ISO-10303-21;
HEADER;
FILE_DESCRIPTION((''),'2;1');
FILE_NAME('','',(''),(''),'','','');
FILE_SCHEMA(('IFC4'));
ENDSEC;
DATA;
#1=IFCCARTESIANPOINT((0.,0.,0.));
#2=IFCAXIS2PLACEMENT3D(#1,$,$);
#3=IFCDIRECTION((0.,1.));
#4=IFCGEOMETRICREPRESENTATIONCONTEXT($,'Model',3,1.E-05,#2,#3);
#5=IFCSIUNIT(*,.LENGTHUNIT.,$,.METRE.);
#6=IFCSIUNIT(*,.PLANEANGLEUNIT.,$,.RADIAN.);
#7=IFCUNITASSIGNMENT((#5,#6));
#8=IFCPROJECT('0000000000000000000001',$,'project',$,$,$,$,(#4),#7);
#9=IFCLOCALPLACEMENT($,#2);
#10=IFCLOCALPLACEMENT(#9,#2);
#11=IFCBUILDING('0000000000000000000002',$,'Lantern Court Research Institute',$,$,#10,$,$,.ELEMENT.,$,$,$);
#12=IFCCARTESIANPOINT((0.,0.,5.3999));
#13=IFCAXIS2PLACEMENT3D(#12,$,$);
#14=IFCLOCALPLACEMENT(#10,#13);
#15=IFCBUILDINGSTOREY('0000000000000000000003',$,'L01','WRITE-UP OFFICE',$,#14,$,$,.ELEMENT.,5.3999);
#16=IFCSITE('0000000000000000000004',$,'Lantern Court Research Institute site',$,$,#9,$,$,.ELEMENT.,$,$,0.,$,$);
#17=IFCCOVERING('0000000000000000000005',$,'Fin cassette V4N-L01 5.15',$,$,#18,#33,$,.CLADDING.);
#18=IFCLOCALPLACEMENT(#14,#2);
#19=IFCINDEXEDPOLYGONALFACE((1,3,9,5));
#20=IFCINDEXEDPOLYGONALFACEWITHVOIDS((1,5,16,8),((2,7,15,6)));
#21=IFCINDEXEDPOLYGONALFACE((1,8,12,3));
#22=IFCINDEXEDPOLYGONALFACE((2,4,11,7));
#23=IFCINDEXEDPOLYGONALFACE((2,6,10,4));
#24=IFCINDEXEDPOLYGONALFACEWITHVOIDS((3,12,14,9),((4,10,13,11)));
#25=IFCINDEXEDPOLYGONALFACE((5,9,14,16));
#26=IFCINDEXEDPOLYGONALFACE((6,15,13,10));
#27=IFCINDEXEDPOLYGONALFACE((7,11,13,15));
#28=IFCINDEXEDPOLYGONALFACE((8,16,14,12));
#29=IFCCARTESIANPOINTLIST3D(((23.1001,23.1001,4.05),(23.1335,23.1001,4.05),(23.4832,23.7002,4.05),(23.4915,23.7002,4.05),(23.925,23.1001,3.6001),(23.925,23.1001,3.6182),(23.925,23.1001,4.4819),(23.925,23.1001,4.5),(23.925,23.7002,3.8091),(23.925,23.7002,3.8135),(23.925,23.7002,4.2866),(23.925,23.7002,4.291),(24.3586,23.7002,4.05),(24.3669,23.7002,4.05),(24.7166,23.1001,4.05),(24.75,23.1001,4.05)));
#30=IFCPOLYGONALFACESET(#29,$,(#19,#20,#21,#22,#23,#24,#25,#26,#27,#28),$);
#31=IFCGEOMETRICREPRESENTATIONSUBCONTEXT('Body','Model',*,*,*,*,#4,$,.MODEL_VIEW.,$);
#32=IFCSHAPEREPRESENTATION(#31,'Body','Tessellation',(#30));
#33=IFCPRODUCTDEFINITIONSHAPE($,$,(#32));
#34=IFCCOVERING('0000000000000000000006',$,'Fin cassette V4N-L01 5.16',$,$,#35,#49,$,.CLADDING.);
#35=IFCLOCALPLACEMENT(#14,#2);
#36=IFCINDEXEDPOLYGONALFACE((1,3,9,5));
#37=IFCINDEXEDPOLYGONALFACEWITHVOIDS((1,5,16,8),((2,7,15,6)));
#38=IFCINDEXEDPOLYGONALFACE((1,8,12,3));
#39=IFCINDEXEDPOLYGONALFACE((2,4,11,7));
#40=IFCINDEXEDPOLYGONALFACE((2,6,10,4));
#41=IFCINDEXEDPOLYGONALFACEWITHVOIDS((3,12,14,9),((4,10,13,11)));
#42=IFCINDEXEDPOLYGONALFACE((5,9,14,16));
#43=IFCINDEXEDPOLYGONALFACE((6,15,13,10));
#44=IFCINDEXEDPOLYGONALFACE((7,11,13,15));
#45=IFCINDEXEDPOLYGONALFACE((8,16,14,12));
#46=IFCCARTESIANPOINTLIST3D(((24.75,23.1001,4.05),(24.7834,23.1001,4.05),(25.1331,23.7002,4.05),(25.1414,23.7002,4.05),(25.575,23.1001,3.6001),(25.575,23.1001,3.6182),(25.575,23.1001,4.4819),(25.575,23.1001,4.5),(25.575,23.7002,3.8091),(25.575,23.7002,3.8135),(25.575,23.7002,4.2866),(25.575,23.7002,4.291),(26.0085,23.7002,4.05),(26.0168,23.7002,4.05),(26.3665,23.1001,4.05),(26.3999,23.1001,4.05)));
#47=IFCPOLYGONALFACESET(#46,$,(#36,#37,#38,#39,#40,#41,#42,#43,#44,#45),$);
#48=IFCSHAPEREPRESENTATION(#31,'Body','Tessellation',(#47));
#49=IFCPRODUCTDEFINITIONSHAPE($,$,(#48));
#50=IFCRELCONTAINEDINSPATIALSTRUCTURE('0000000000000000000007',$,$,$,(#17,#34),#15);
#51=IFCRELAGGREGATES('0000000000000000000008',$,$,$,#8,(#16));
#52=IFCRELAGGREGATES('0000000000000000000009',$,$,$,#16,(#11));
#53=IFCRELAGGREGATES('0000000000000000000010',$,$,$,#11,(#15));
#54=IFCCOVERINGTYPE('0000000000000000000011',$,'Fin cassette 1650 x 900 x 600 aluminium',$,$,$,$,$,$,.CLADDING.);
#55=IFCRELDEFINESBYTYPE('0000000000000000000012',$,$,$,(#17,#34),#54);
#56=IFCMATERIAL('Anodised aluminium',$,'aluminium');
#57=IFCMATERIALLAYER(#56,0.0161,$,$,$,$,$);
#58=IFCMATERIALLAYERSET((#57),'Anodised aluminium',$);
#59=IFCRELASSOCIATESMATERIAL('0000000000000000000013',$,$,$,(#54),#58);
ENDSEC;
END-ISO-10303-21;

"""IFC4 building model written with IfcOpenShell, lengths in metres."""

from ifc_helpers import new_model, entity, si_unit, direction, frame, origin, place, context, subcontext, project, spatial, material, layer, layer_set, type_object, element, save


model = new_model("IFC4")

# Units and contexts
model_context = context("Model", 3, precision=1e-05, world=origin(), true_north=direction((0.0, 1.0)))
body_context = subcontext(model_context, "Body", "Model", "MODEL_VIEW")
ifc_project = project(units=[si_unit("LENGTHUNIT", "METRE"), si_unit("PLANEANGLEUNIT", "RADIAN")], contexts=[model_context])

# Site, building, storey
site_placement = place(None, origin())
site = spatial("IfcSite", under=ifc_project, at=site_placement, Name="Lantern Court Research Institute site", CompositionType="ELEMENT", RefElevation=0.0)
building_placement = place(site_placement, origin())
building = spatial("IfcBuilding", under=site, at=building_placement, Name="Lantern Court Research Institute", CompositionType="ELEMENT")
storey_placement = place(building_placement, frame((0.0, 0.0, 5.3999)))
storey = spatial("IfcBuildingStorey", under=building, at=storey_placement, Name="L01", Description="WRITE-UP OFFICE", CompositionType="ELEMENT", Elevation=5.3999)

# Coverings
ifc_material_1 = material(Name="Anodised aluminium", Category="aluminium")
ifc_layer_1 = layer(ifc_material_1, 0.0161)
ifc_layer_set_1 = layer_set([ifc_layer_1], Name="Anodised aluminium")
covering_type = type_object("IfcCoveringType", Name="Fin cassette 1650 x 900 x 600 aluminium", PredefinedType="CLADDING", material=ifc_layer_set_1)
covering_1_placement = place(storey_placement, frame((23.925, 23.1001, 4.05), z_axis=(0.0, 1.0, 0.0), x_axis=(-1.0, 0.0, 0.0)))
cartesian_point_1 = entity("IfcCartesianPoint", [0.825, 0.0])
cartesian_point_2 = entity("IfcCartesianPoint", [0.7915, 0.0])
cartesian_point_3 = entity("IfcCartesianPoint", [0.4419, 0.0])
cartesian_point_4 = entity("IfcCartesianPoint", [0.4336, 0.0])
element("IfcCovering", 1, at=covering_1_placement, inside=storey, type_object=covering_type, Name="Fin cassette V4N-L01 5.15", PredefinedType="CLADDING", context=body_context, shape_type="SweptSolid", body=[
    entity("IfcExtrudedAreaSolidTapered", entity("IfcArbitraryProfileDefWithVoids", "AREA", None, entity("IfcPolyline", [cartesian_point_1, entity("IfcCartesianPoint", [0.0, 0.45]), entity("IfcCartesianPoint", [-0.825, 0.0]), entity("IfcCartesianPoint", [0.0, -0.45]), cartesian_point_1]), [entity("IfcPolyline", [cartesian_point_2, entity("IfcCartesianPoint", [0.0, 0.4319]), entity("IfcCartesianPoint", [-0.7915, 0.0]), entity("IfcCartesianPoint", [0.0, -0.4319]), cartesian_point_2])]), entity("IfcAxis2Placement3D", entity("IfcCartesianPoint", [0.0, 0.0, 0.0])), entity("IfcDirection", [0.0, 0.0, 1.0]), 0.6001, entity("IfcArbitraryProfileDefWithVoids", "AREA", None, entity("IfcPolyline", [cartesian_point_3, entity("IfcCartesianPoint", [0.0, 0.241]), entity("IfcCartesianPoint", [-0.4419, 0.0]), entity("IfcCartesianPoint", [0.0, -0.241]), cartesian_point_3]), [entity("IfcPolyline", [cartesian_point_4, entity("IfcCartesianPoint", [0.0, 0.2366]), entity("IfcCartesianPoint", [-0.4336, 0.0]), entity("IfcCartesianPoint", [0.0, -0.2366]), cartesian_point_4])])),
])
covering_2_placement = place(storey_placement, frame((25.575, 23.1001, 4.05), z_axis=(0.0, 1.0, 0.0), x_axis=(-1.0, 0.0, 0.0)))
cartesian_point_5 = entity("IfcCartesianPoint", [0.825, 0.0])
cartesian_point_6 = entity("IfcCartesianPoint", [0.7915, 0.0])
cartesian_point_7 = entity("IfcCartesianPoint", [0.4419, 0.0])
cartesian_point_8 = entity("IfcCartesianPoint", [0.4336, 0.0])
element("IfcCovering", 2, at=covering_2_placement, inside=storey, type_object=covering_type, Name="Fin cassette V4N-L01 5.16", PredefinedType="CLADDING", context=body_context, shape_type="SweptSolid", body=[
    entity("IfcExtrudedAreaSolidTapered", entity("IfcArbitraryProfileDefWithVoids", "AREA", None, entity("IfcPolyline", [cartesian_point_5, entity("IfcCartesianPoint", [0.0, 0.45]), entity("IfcCartesianPoint", [-0.825, 0.0]), entity("IfcCartesianPoint", [0.0, -0.45]), cartesian_point_5]), [entity("IfcPolyline", [cartesian_point_6, entity("IfcCartesianPoint", [0.0, 0.4319]), entity("IfcCartesianPoint", [-0.7915, 0.0]), entity("IfcCartesianPoint", [0.0, -0.4319]), cartesian_point_6])]), entity("IfcAxis2Placement3D", entity("IfcCartesianPoint", [0.0, 0.0, 0.0])), entity("IfcDirection", [0.0, 0.0, 1.0]), 0.6001, entity("IfcArbitraryProfileDefWithVoids", "AREA", None, entity("IfcPolyline", [cartesian_point_7, entity("IfcCartesianPoint", [0.0, 0.241]), entity("IfcCartesianPoint", [-0.4419, 0.0]), entity("IfcCartesianPoint", [0.0, -0.241]), cartesian_point_7]), [entity("IfcPolyline", [cartesian_point_8, entity("IfcCartesianPoint", [0.0, 0.2366]), entity("IfcCartesianPoint", [-0.4336, 0.0]), entity("IfcCartesianPoint", [0.0, -0.2366]), cartesian_point_8])])),
])

save(model, "model.ifc")
